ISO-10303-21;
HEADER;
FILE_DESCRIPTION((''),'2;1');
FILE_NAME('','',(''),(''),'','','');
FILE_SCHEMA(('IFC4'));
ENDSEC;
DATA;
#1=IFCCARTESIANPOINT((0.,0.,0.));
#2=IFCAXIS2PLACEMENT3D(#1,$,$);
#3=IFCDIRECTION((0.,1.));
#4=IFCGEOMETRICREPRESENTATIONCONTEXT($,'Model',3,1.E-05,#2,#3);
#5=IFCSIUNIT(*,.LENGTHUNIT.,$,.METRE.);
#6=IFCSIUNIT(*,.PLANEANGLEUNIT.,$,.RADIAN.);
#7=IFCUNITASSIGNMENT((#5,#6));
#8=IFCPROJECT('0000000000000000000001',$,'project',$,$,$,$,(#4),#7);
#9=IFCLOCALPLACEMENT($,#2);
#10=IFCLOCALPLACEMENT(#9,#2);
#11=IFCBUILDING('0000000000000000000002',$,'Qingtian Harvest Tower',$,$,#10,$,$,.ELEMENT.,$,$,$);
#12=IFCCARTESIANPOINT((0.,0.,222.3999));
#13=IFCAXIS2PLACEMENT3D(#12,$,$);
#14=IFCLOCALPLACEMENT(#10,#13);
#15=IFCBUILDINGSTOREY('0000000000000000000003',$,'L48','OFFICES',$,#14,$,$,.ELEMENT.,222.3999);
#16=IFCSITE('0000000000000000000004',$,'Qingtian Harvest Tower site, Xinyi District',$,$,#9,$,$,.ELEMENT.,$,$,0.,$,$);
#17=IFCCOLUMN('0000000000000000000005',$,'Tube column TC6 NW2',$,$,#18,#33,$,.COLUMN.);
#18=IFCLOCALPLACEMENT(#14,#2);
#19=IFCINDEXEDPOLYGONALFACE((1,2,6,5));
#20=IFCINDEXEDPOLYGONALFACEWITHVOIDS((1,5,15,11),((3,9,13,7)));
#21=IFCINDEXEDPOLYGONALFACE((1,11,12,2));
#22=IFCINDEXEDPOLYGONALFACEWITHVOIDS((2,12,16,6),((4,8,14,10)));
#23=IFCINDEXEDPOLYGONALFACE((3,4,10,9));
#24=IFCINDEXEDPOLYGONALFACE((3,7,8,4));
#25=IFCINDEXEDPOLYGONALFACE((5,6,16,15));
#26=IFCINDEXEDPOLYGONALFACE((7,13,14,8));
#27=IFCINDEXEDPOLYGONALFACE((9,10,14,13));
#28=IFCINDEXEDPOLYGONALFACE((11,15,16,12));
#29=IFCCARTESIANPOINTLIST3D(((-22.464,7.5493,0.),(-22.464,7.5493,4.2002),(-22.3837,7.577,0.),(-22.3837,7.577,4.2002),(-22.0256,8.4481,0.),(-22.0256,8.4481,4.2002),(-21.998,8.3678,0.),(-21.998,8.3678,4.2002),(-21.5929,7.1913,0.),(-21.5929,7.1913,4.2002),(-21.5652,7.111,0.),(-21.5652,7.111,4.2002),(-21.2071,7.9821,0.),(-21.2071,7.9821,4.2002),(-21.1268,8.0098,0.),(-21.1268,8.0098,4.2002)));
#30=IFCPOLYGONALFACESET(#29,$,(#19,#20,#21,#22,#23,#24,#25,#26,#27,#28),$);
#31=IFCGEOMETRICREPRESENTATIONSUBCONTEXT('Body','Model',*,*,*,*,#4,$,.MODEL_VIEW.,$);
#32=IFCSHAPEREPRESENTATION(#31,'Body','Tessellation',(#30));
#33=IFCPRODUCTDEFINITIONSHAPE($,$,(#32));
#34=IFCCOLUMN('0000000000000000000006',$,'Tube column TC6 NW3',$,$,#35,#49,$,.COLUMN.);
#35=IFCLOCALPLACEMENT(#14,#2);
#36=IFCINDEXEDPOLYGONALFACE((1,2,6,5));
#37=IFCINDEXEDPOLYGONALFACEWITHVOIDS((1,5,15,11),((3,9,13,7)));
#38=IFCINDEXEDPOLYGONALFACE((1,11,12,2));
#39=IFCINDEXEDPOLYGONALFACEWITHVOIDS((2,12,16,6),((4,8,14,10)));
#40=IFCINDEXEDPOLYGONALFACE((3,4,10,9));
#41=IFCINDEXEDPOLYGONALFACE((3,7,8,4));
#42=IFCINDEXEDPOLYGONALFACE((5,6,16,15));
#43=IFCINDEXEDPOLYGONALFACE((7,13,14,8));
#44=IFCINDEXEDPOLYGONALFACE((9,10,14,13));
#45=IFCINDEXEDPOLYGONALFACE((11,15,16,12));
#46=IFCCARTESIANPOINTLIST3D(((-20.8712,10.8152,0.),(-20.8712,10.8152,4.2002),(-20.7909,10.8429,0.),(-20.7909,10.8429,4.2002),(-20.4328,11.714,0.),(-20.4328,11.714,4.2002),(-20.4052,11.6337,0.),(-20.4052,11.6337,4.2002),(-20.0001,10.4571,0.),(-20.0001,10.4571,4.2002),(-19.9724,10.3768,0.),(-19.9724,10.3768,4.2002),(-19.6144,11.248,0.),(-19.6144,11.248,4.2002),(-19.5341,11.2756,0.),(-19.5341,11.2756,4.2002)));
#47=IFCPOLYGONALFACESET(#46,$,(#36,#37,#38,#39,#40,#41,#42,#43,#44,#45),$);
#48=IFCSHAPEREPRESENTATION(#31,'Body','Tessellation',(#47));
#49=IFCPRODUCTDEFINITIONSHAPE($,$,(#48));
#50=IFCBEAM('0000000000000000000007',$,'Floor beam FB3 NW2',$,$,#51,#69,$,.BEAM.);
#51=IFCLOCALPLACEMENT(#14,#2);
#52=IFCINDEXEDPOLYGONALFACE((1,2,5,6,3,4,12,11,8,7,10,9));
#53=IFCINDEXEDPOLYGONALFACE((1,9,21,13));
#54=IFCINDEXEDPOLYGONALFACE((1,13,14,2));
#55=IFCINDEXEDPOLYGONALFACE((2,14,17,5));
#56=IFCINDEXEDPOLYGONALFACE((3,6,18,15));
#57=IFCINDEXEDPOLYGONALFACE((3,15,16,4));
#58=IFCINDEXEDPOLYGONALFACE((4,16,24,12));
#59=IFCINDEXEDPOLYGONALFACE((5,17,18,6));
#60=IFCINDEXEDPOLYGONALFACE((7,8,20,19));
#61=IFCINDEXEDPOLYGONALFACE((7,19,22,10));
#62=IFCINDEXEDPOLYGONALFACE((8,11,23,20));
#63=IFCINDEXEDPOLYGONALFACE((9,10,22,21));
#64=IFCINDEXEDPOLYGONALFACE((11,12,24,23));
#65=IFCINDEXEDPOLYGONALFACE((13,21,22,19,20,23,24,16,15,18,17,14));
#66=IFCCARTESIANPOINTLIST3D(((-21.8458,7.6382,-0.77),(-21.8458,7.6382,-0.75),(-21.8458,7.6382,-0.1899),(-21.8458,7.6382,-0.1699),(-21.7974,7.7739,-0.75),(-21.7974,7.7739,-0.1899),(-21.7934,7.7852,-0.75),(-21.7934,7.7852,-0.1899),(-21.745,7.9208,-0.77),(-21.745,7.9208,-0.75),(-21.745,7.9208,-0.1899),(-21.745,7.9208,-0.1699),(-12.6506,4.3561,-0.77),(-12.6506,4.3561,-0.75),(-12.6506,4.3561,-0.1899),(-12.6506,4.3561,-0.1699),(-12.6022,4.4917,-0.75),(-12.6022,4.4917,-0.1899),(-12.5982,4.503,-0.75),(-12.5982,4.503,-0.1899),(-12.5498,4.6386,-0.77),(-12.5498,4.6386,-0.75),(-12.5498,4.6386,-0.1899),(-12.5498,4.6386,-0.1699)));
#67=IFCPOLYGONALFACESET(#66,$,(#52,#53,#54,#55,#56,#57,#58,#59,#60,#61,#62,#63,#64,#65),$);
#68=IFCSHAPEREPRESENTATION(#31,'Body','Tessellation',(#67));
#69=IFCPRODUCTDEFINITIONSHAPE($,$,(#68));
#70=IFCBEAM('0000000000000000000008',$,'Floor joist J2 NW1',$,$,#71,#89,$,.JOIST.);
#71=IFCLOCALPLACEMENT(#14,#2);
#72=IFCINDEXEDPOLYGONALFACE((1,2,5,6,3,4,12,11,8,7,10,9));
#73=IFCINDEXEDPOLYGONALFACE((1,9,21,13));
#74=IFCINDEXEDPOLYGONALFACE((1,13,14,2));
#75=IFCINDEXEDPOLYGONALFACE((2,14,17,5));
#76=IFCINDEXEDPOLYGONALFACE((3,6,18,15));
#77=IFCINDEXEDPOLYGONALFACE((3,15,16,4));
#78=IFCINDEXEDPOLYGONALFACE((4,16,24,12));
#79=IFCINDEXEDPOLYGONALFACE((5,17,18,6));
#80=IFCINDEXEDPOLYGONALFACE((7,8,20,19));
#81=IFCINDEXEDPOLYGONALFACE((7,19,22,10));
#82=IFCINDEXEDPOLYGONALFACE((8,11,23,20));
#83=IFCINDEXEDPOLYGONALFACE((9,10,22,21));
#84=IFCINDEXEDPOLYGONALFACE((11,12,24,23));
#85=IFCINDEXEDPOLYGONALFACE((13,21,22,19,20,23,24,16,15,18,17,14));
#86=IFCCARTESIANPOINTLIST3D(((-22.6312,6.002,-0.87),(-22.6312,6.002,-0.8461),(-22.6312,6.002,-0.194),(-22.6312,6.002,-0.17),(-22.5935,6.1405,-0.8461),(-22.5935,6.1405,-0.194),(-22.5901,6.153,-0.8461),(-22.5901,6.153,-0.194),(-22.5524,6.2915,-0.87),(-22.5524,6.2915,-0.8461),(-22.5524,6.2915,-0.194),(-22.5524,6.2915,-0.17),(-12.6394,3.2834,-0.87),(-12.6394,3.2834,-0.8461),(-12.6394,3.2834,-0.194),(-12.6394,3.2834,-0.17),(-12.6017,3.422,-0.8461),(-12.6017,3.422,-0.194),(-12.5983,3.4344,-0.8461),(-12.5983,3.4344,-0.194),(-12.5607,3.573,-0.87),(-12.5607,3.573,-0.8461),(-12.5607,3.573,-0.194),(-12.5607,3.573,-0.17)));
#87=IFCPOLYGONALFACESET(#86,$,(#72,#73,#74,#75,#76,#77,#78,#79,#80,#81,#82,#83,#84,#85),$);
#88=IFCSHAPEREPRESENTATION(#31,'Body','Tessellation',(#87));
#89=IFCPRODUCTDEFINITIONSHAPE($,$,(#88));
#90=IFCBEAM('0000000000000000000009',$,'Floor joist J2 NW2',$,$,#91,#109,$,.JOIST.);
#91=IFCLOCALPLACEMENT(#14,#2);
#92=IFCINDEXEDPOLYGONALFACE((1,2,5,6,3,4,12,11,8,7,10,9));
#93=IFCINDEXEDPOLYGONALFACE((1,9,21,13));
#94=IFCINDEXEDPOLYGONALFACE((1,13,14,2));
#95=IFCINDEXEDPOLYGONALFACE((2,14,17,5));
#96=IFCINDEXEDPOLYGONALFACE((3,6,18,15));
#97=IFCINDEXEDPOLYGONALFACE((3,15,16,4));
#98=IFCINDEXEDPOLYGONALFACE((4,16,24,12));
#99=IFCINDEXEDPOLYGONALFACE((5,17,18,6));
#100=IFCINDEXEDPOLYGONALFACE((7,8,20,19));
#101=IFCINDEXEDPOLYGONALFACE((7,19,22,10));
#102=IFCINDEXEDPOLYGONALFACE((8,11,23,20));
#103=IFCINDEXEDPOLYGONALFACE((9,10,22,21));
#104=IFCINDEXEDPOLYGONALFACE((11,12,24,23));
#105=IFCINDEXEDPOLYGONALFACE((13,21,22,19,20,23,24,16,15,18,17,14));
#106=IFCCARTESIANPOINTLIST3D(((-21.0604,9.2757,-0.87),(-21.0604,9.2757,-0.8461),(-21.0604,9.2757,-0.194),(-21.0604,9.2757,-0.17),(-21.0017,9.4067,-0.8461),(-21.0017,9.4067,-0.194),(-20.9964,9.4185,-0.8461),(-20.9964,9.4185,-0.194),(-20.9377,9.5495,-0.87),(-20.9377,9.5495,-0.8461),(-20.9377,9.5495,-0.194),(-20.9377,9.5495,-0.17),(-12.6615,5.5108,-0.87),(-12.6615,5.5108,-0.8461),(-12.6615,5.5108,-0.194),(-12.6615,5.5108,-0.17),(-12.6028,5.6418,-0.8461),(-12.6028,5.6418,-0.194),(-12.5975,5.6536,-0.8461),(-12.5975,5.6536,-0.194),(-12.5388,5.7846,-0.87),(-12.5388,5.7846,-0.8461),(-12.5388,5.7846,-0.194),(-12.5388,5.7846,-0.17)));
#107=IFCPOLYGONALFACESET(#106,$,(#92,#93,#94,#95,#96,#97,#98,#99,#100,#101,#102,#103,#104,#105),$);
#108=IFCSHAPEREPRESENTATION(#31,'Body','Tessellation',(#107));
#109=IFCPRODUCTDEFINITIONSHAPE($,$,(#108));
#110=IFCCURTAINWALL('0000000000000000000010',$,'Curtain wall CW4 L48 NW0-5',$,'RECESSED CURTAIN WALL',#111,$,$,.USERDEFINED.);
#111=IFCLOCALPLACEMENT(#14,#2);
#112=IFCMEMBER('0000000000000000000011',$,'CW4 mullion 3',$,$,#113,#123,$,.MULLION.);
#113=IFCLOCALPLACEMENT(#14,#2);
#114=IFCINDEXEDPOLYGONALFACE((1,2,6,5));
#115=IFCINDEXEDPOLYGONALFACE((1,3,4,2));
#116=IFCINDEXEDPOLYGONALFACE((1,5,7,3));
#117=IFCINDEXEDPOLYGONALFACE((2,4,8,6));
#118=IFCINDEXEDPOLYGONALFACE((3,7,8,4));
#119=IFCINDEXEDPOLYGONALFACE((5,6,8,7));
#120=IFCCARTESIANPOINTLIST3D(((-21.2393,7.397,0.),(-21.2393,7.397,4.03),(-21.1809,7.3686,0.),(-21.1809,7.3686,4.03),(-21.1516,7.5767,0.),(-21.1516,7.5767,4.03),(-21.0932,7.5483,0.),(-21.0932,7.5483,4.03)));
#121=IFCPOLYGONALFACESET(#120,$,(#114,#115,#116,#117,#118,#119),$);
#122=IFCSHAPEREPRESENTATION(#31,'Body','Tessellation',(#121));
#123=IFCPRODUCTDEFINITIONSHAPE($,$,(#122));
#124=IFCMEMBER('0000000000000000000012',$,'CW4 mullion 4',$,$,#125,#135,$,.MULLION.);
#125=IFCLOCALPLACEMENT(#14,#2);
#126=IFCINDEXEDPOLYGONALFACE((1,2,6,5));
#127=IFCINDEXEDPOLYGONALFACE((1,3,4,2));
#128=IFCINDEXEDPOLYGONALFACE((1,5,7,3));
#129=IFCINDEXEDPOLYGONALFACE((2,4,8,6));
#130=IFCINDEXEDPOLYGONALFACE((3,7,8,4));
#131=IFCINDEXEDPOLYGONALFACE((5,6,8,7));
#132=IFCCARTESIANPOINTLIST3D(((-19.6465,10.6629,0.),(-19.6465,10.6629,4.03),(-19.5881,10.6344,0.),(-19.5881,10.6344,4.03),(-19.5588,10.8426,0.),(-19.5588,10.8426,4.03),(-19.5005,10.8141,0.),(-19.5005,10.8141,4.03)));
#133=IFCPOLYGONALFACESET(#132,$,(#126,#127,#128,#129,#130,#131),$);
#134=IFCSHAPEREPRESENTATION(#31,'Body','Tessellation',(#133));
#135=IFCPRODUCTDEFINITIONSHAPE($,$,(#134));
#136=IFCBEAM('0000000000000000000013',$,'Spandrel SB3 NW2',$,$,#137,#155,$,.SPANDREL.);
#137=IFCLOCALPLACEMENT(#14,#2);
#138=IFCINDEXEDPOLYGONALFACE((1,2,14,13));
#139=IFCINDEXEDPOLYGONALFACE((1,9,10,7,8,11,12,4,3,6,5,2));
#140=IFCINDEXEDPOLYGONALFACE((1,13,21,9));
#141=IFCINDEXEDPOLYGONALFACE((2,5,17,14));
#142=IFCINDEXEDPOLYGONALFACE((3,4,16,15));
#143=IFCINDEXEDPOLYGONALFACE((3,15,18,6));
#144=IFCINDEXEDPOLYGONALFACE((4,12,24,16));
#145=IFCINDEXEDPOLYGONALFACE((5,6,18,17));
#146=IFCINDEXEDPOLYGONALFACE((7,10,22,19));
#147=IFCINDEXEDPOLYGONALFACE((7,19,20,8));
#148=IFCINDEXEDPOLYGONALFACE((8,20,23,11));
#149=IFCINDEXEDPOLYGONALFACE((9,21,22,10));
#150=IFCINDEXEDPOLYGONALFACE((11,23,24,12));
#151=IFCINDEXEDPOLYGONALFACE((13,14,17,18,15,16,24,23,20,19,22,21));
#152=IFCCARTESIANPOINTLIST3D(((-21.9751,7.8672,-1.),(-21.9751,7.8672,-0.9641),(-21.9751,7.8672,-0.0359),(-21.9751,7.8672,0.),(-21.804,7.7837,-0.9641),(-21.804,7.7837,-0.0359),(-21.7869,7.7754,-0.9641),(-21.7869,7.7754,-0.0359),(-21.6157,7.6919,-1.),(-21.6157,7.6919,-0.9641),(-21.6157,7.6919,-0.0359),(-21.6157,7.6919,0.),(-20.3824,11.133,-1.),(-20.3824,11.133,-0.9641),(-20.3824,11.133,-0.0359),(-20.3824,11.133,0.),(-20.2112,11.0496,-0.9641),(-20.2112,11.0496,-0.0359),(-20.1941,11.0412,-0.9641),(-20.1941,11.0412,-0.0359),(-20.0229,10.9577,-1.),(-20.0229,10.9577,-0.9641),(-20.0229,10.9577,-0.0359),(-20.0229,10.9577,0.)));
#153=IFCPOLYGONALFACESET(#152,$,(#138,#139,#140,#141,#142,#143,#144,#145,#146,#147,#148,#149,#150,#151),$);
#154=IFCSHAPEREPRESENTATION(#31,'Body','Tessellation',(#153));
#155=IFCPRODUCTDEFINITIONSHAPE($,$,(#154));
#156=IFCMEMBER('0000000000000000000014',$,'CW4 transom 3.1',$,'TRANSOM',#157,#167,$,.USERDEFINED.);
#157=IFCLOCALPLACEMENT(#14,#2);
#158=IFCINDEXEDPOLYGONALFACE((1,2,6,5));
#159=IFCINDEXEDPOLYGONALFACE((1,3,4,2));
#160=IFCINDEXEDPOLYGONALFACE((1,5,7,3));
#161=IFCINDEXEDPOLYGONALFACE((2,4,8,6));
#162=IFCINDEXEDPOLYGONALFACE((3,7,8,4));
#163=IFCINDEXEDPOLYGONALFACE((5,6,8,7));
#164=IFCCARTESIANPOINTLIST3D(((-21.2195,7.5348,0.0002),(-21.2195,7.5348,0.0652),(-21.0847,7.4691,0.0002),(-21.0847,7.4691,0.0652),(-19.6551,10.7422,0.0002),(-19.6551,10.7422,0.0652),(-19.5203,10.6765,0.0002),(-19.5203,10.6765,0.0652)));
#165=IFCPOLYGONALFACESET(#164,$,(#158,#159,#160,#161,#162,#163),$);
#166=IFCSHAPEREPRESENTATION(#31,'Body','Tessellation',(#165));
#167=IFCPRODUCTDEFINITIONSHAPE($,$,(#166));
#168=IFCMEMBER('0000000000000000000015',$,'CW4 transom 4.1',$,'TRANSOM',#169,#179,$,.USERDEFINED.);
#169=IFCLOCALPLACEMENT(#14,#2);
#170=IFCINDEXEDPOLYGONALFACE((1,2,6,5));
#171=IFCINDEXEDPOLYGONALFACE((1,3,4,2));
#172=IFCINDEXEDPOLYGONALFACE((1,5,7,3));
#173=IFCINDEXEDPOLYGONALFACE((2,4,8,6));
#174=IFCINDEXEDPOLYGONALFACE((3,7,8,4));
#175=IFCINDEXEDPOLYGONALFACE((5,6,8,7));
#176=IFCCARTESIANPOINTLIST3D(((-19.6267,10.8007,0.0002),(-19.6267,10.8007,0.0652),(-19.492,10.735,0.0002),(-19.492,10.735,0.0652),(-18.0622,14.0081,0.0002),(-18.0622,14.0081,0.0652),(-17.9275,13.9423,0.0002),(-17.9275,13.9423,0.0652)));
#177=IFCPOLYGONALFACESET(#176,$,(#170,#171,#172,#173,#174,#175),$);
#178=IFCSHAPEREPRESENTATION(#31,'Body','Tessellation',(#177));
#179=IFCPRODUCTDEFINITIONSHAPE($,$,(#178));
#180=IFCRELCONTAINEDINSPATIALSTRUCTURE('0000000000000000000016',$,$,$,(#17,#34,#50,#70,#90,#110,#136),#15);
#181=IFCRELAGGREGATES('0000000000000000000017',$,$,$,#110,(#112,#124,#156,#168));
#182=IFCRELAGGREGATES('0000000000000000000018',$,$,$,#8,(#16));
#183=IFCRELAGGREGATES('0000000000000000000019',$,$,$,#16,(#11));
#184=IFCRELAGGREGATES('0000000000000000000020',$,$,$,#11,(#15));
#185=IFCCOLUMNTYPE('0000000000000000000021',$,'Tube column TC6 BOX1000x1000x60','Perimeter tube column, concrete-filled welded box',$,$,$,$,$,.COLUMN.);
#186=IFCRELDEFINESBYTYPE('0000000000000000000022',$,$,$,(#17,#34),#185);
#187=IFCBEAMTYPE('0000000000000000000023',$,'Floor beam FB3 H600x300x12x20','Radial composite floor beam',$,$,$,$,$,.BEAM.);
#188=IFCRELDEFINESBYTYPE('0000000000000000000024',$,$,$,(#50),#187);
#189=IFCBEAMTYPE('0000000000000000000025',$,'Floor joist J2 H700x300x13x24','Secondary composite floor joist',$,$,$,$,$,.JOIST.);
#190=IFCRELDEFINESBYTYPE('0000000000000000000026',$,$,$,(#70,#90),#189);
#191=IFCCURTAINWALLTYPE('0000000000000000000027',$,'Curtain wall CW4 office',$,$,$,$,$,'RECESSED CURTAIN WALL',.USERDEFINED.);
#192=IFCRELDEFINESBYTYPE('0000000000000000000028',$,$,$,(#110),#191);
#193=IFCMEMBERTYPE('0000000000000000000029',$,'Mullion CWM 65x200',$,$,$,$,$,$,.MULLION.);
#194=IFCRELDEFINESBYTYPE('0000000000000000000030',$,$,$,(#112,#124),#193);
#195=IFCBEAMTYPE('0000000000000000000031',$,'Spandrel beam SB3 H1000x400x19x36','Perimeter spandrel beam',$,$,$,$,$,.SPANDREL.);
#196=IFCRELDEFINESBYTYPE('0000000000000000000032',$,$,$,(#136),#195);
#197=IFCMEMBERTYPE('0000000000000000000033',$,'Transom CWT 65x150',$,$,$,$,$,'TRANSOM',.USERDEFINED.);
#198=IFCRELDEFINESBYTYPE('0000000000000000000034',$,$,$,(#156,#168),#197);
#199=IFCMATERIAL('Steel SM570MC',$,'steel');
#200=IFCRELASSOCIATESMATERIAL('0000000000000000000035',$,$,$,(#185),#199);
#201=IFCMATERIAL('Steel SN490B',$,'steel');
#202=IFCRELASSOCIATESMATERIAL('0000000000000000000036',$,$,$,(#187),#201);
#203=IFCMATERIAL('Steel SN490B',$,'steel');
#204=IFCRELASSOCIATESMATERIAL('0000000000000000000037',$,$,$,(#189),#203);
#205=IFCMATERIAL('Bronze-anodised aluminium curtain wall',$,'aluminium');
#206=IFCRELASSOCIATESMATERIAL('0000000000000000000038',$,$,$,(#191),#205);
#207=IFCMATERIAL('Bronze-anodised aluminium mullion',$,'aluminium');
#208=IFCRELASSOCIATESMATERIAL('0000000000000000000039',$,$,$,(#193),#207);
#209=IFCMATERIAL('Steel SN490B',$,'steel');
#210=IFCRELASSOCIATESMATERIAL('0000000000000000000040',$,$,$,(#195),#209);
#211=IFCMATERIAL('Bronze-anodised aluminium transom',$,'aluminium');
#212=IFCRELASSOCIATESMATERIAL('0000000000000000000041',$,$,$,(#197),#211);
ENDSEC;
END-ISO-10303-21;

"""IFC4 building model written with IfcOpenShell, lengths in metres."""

from ifc_helpers import new_model, si_unit, direction, frame, origin, origin_2d, place, context, subcontext, project, spatial, rectangle, hollow_rectangle, i_section, extrude, material, material_profile, profile_set, type_object, element, aggregate, save


model = new_model("IFC4")

# Units and contexts
model_context = context("Model", 3, precision=1e-05, world=origin(), true_north=direction((0.0, 1.0)))
body_context = subcontext(model_context, "Body", "Model", "MODEL_VIEW")
ifc_project = project(units=[si_unit("LENGTHUNIT", "METRE"), si_unit("PLANEANGLEUNIT", "RADIAN")], contexts=[model_context])

# Site, building, storey
site_placement = place(None, origin())
site = spatial("IfcSite", under=ifc_project, at=site_placement, Name="Qingtian Harvest Tower site, Xinyi District", CompositionType="ELEMENT", RefElevation=0.0)
building_placement = place(site_placement, origin())
building = spatial("IfcBuilding", under=site, at=building_placement, Name="Qingtian Harvest Tower", CompositionType="ELEMENT")
storey_placement = place(building_placement, frame((0.0, 0.0, 222.3999)))
storey = spatial("IfcBuildingStorey", under=building, at=storey_placement, Name="L48", Description="OFFICES", CompositionType="ELEMENT", Elevation=222.3999)

# Columns
ifc_material_1 = material(Name="Steel SM570MC", Category="steel")
ifc_material_profile_1 = material_profile(ifc_material_1, hollow_rectangle(XDim=1.0, YDim=1.0, WallThickness=0.0601, at=origin_2d()), Name="BOX1000x1000x60")
ifc_profile_set_1 = profile_set([ifc_material_profile_1], Name="Steel SM570MC")
column_type = type_object("IfcColumnType", Name="Tube column TC6 BOX1000x1000x60", Description="Perimeter tube column, concrete-filled welded box", PredefinedType="COLUMN", material=ifc_profile_set_1)
for number, where, z_axis, x_axis, name in (
    (1, (-21.7954, 7.7795, 0.0), (0.0, 0.0, 1.0), (-0.438371, -0.898794, 0.0), "Tube column TC6 NW2"),
    (2, (-20.2026, 11.0454, 0.0), (0.0, 0.0, 1.0), (-0.438371, -0.898794, 0.0), "Tube column TC6 NW3"),
):
    element("IfcColumn", number, at=place(storey_placement, frame(where, z_axis=z_axis, x_axis=x_axis)), inside=storey, type_object=column_type, Name=name, PredefinedType="COLUMN", context=body_context, shape_type="SweptSolid", body=[
        extrude(hollow_rectangle(XDim=1.0, YDim=1.0, WallThickness=0.0601, at=origin_2d()), origin(), (0.0, 0.0, 1.0), 4.2002),
    ])

# Beams
ifc_material_2 = material(Name="Steel SN490B", Category="steel")
ifc_material_profile_2 = material_profile(ifc_material_2, i_section(OverallWidth=0.3, OverallDepth=0.6001, WebThickness=0.012, FlangeThickness=0.02, at=origin_2d()), Name="H600x300x12x20")
ifc_profile_set_2 = profile_set([ifc_material_profile_2], Name="Steel SN490B")
beam_type_1 = type_object("IfcBeamType", Name="Floor beam FB3 H600x300x12x20", Description="Radial composite floor beam", PredefinedType="BEAM", material=ifc_profile_set_2)
beam_1_placement = place(storey_placement, frame((-21.7954, 7.7795, -0.47), z_axis=(0.941801, -0.336172, 0.0), x_axis=(0.336172, 0.941801, 0.0)))
element("IfcBeam", 3, at=beam_1_placement, inside=storey, type_object=beam_type_1, Name="Floor beam FB3 NW2", PredefinedType="BEAM", context=body_context, shape_type="SweptSolid", body=[
    extrude(i_section(OverallWidth=0.3, OverallDepth=0.6001, WebThickness=0.012, FlangeThickness=0.02, at=origin_2d()), origin(), (0.0, 0.0, 1.0), 9.7634),
])
ifc_material_3 = material(Name="Steel SN490B", Category="steel")
ifc_material_profile_3 = material_profile(ifc_material_3, i_section(OverallWidth=0.3, OverallDepth=0.7, WebThickness=0.0129, FlangeThickness=0.0239, at=origin_2d()), Name="H700x300x13x24")
ifc_profile_set_3 = profile_set([ifc_material_profile_3], Name="Steel SN490B")
beam_type_2 = type_object("IfcBeamType", Name="Floor joist J2 H700x300x13x24", Description="Secondary composite floor joist", PredefinedType="JOIST", material=ifc_profile_set_3)
beam_2_placement = place(storey_placement, frame((-22.5918, 6.1467, -0.52), z_axis=(0.964923, -0.262533, 0.0), x_axis=(0.262533, 0.964923, 0.0)))
element("IfcBeam", 4, at=beam_2_placement, inside=storey, type_object=beam_type_2, Name="Floor joist J2 NW1", PredefinedType="JOIST", context=body_context, shape_type="SweptSolid", body=[
    extrude(i_section(OverallWidth=0.3, OverallDepth=0.7, WebThickness=0.0129, FlangeThickness=0.0239, at=origin_2d()), origin(), (0.0, 0.0, 1.0), 10.355),
])
beam_3_placement = place(storey_placement, frame((-20.999, 9.4126, -0.52), z_axis=(0.912515, -0.409043, 0.0), x_axis=(0.409043, 0.912515, 0.0)))
element("IfcBeam", 5, at=beam_3_placement, inside=storey, type_object=beam_type_2, Name="Floor joist J2 NW2", PredefinedType="JOIST", context=body_context, shape_type="SweptSolid", body=[
    extrude(i_section(OverallWidth=0.3, OverallDepth=0.7, WebThickness=0.0129, FlangeThickness=0.0239, at=origin_2d()), origin(), (0.0, 0.0, 1.0), 9.2041),
])

# Curtain wall, members
ifc_material_4 = material(Name="Bronze-anodised aluminium curtain wall", Category="aluminium")
curtain_wall_type = type_object("IfcCurtainWallType", Name="Curtain wall CW4 office", ElementType="RECESSED CURTAIN WALL", PredefinedType="USERDEFINED", material=ifc_material_4)
curtain_wall_placement = place(storey_placement, origin())
curtain_wall = element("IfcCurtainWall", 6, at=curtain_wall_placement, inside=storey, type_object=curtain_wall_type, Name="Curtain wall CW4 L48 NW0-5", ObjectType="RECESSED CURTAIN WALL", PredefinedType="USERDEFINED")
ifc_material_5 = material(Name="Bronze-anodised aluminium mullion", Category="aluminium")
ifc_material_profile_4 = material_profile(ifc_material_5, rectangle(XDim=0.0649, YDim=0.2, at=origin_2d()), Name="AL 65x200")
ifc_profile_set_4 = profile_set([ifc_material_profile_4], Name="Bronze-anodised aluminium mullion")
member_type_1 = type_object("IfcMemberType", Name="Mullion CWM 65x200", PredefinedType="MULLION", material=ifc_profile_set_4)
member_1_placement = place(storey_placement, frame((-21.1663, 7.4727, 0.0), z_axis=(0.0, 0.0, 1.0), x_axis=(-0.898794, 0.438371, 0.0)))
member_1 = element("IfcMember", 7, at=member_1_placement, type_object=member_type_1, Name="CW4 mullion 3", PredefinedType="MULLION", context=body_context, shape_type="SweptSolid", body=[
    extrude(rectangle(XDim=0.0649, YDim=0.2, at=origin_2d()), origin(), (0.0, 0.0, 1.0), 4.03),
])
member_2_placement = place(storey_placement, frame((-19.5735, 10.7385, 0.0), z_axis=(0.0, 0.0, 1.0), x_axis=(-0.898794, 0.438371, 0.0)))
member_2 = element("IfcMember", 8, at=member_2_placement, type_object=member_type_1, Name="CW4 mullion 4", PredefinedType="MULLION", context=body_context, shape_type="SweptSolid", body=[
    extrude(rectangle(XDim=0.0649, YDim=0.2, at=origin_2d()), origin(), (0.0, 0.0, 1.0), 4.03),
])

# Beam
ifc_material_6 = material(Name="Steel SN490B", Category="steel")
ifc_material_profile_5 = material_profile(ifc_material_6, i_section(OverallWidth=0.3999, OverallDepth=1.0, WebThickness=0.019, FlangeThickness=0.0359, at=origin_2d()), Name="H1000x400x19x36")
ifc_profile_set_5 = profile_set([ifc_material_profile_5], Name="Steel SN490B")
beam_type_3 = type_object("IfcBeamType", Name="Spandrel beam SB3 H1000x400x19x36", Description="Perimeter spandrel beam", PredefinedType="SPANDREL", material=ifc_profile_set_5)
beam_4_placement = place(storey_placement, frame((-21.7954, 7.7795, -0.5), z_axis=(0.438349, 0.898805, 0.0), x_axis=(-0.898805, 0.438349, 0.0)))
element("IfcBeam", 9, at=beam_4_placement, inside=storey, type_object=beam_type_3, Name="Spandrel SB3 NW2", PredefinedType="SPANDREL", context=body_context, shape_type="SweptSolid", body=[
    extrude(i_section(OverallWidth=0.3999, OverallDepth=1.0, WebThickness=0.019, FlangeThickness=0.0359, at=origin_2d()), origin(), (0.0, 0.0, 1.0), 3.6335),
])

# Members
ifc_material_7 = material(Name="Bronze-anodised aluminium transom", Category="aluminium")
ifc_material_profile_6 = material_profile(ifc_material_7, rectangle(XDim=0.1499, YDim=0.0649, at=origin_2d()), Name="AL 65x150")
ifc_profile_set_6 = profile_set([ifc_material_profile_6], Name="Bronze-anodised aluminium transom")
member_type_2 = type_object("IfcMemberType", Name="Transom CWT 65x150", ElementType="TRANSOM", PredefinedType="USERDEFINED", material=ifc_profile_set_6)
member_3_placement = place(storey_placement, frame((-21.1521, 7.502, 0.0327), z_axis=(0.438381, 0.898789, 0.0), x_axis=(-0.898789, 0.438381, 0.0)))
member_3 = element("IfcMember", 10, at=member_3_placement, type_object=member_type_2, Name="CW4 transom 3.1", ObjectType="TRANSOM", PredefinedType="USERDEFINED", context=body_context, shape_type="SweptSolid", body=[
    extrude(rectangle(XDim=0.1499, YDim=0.0649, at=origin_2d()), origin(), (0.0, 0.0, 1.0), 3.5686),
])
member_4_placement = place(storey_placement, frame((-19.5593, 10.7678, 0.0327), z_axis=(0.438407, 0.898776, 0.0), x_axis=(-0.898776, 0.438407, 0.0)))
member_4 = element("IfcMember", 11, at=member_4_placement, type_object=member_type_2, Name="CW4 transom 4.1", ObjectType="TRANSOM", PredefinedType="USERDEFINED", context=body_context, shape_type="SweptSolid", body=[
    extrude(rectangle(XDim=0.1499, YDim=0.0649, at=origin_2d()), origin(), (0.0, 0.0, 1.0), 3.5686),
])

aggregate(curtain_wall, [member_1, member_2, member_3, member_4])

save(model, "model.ifc")
